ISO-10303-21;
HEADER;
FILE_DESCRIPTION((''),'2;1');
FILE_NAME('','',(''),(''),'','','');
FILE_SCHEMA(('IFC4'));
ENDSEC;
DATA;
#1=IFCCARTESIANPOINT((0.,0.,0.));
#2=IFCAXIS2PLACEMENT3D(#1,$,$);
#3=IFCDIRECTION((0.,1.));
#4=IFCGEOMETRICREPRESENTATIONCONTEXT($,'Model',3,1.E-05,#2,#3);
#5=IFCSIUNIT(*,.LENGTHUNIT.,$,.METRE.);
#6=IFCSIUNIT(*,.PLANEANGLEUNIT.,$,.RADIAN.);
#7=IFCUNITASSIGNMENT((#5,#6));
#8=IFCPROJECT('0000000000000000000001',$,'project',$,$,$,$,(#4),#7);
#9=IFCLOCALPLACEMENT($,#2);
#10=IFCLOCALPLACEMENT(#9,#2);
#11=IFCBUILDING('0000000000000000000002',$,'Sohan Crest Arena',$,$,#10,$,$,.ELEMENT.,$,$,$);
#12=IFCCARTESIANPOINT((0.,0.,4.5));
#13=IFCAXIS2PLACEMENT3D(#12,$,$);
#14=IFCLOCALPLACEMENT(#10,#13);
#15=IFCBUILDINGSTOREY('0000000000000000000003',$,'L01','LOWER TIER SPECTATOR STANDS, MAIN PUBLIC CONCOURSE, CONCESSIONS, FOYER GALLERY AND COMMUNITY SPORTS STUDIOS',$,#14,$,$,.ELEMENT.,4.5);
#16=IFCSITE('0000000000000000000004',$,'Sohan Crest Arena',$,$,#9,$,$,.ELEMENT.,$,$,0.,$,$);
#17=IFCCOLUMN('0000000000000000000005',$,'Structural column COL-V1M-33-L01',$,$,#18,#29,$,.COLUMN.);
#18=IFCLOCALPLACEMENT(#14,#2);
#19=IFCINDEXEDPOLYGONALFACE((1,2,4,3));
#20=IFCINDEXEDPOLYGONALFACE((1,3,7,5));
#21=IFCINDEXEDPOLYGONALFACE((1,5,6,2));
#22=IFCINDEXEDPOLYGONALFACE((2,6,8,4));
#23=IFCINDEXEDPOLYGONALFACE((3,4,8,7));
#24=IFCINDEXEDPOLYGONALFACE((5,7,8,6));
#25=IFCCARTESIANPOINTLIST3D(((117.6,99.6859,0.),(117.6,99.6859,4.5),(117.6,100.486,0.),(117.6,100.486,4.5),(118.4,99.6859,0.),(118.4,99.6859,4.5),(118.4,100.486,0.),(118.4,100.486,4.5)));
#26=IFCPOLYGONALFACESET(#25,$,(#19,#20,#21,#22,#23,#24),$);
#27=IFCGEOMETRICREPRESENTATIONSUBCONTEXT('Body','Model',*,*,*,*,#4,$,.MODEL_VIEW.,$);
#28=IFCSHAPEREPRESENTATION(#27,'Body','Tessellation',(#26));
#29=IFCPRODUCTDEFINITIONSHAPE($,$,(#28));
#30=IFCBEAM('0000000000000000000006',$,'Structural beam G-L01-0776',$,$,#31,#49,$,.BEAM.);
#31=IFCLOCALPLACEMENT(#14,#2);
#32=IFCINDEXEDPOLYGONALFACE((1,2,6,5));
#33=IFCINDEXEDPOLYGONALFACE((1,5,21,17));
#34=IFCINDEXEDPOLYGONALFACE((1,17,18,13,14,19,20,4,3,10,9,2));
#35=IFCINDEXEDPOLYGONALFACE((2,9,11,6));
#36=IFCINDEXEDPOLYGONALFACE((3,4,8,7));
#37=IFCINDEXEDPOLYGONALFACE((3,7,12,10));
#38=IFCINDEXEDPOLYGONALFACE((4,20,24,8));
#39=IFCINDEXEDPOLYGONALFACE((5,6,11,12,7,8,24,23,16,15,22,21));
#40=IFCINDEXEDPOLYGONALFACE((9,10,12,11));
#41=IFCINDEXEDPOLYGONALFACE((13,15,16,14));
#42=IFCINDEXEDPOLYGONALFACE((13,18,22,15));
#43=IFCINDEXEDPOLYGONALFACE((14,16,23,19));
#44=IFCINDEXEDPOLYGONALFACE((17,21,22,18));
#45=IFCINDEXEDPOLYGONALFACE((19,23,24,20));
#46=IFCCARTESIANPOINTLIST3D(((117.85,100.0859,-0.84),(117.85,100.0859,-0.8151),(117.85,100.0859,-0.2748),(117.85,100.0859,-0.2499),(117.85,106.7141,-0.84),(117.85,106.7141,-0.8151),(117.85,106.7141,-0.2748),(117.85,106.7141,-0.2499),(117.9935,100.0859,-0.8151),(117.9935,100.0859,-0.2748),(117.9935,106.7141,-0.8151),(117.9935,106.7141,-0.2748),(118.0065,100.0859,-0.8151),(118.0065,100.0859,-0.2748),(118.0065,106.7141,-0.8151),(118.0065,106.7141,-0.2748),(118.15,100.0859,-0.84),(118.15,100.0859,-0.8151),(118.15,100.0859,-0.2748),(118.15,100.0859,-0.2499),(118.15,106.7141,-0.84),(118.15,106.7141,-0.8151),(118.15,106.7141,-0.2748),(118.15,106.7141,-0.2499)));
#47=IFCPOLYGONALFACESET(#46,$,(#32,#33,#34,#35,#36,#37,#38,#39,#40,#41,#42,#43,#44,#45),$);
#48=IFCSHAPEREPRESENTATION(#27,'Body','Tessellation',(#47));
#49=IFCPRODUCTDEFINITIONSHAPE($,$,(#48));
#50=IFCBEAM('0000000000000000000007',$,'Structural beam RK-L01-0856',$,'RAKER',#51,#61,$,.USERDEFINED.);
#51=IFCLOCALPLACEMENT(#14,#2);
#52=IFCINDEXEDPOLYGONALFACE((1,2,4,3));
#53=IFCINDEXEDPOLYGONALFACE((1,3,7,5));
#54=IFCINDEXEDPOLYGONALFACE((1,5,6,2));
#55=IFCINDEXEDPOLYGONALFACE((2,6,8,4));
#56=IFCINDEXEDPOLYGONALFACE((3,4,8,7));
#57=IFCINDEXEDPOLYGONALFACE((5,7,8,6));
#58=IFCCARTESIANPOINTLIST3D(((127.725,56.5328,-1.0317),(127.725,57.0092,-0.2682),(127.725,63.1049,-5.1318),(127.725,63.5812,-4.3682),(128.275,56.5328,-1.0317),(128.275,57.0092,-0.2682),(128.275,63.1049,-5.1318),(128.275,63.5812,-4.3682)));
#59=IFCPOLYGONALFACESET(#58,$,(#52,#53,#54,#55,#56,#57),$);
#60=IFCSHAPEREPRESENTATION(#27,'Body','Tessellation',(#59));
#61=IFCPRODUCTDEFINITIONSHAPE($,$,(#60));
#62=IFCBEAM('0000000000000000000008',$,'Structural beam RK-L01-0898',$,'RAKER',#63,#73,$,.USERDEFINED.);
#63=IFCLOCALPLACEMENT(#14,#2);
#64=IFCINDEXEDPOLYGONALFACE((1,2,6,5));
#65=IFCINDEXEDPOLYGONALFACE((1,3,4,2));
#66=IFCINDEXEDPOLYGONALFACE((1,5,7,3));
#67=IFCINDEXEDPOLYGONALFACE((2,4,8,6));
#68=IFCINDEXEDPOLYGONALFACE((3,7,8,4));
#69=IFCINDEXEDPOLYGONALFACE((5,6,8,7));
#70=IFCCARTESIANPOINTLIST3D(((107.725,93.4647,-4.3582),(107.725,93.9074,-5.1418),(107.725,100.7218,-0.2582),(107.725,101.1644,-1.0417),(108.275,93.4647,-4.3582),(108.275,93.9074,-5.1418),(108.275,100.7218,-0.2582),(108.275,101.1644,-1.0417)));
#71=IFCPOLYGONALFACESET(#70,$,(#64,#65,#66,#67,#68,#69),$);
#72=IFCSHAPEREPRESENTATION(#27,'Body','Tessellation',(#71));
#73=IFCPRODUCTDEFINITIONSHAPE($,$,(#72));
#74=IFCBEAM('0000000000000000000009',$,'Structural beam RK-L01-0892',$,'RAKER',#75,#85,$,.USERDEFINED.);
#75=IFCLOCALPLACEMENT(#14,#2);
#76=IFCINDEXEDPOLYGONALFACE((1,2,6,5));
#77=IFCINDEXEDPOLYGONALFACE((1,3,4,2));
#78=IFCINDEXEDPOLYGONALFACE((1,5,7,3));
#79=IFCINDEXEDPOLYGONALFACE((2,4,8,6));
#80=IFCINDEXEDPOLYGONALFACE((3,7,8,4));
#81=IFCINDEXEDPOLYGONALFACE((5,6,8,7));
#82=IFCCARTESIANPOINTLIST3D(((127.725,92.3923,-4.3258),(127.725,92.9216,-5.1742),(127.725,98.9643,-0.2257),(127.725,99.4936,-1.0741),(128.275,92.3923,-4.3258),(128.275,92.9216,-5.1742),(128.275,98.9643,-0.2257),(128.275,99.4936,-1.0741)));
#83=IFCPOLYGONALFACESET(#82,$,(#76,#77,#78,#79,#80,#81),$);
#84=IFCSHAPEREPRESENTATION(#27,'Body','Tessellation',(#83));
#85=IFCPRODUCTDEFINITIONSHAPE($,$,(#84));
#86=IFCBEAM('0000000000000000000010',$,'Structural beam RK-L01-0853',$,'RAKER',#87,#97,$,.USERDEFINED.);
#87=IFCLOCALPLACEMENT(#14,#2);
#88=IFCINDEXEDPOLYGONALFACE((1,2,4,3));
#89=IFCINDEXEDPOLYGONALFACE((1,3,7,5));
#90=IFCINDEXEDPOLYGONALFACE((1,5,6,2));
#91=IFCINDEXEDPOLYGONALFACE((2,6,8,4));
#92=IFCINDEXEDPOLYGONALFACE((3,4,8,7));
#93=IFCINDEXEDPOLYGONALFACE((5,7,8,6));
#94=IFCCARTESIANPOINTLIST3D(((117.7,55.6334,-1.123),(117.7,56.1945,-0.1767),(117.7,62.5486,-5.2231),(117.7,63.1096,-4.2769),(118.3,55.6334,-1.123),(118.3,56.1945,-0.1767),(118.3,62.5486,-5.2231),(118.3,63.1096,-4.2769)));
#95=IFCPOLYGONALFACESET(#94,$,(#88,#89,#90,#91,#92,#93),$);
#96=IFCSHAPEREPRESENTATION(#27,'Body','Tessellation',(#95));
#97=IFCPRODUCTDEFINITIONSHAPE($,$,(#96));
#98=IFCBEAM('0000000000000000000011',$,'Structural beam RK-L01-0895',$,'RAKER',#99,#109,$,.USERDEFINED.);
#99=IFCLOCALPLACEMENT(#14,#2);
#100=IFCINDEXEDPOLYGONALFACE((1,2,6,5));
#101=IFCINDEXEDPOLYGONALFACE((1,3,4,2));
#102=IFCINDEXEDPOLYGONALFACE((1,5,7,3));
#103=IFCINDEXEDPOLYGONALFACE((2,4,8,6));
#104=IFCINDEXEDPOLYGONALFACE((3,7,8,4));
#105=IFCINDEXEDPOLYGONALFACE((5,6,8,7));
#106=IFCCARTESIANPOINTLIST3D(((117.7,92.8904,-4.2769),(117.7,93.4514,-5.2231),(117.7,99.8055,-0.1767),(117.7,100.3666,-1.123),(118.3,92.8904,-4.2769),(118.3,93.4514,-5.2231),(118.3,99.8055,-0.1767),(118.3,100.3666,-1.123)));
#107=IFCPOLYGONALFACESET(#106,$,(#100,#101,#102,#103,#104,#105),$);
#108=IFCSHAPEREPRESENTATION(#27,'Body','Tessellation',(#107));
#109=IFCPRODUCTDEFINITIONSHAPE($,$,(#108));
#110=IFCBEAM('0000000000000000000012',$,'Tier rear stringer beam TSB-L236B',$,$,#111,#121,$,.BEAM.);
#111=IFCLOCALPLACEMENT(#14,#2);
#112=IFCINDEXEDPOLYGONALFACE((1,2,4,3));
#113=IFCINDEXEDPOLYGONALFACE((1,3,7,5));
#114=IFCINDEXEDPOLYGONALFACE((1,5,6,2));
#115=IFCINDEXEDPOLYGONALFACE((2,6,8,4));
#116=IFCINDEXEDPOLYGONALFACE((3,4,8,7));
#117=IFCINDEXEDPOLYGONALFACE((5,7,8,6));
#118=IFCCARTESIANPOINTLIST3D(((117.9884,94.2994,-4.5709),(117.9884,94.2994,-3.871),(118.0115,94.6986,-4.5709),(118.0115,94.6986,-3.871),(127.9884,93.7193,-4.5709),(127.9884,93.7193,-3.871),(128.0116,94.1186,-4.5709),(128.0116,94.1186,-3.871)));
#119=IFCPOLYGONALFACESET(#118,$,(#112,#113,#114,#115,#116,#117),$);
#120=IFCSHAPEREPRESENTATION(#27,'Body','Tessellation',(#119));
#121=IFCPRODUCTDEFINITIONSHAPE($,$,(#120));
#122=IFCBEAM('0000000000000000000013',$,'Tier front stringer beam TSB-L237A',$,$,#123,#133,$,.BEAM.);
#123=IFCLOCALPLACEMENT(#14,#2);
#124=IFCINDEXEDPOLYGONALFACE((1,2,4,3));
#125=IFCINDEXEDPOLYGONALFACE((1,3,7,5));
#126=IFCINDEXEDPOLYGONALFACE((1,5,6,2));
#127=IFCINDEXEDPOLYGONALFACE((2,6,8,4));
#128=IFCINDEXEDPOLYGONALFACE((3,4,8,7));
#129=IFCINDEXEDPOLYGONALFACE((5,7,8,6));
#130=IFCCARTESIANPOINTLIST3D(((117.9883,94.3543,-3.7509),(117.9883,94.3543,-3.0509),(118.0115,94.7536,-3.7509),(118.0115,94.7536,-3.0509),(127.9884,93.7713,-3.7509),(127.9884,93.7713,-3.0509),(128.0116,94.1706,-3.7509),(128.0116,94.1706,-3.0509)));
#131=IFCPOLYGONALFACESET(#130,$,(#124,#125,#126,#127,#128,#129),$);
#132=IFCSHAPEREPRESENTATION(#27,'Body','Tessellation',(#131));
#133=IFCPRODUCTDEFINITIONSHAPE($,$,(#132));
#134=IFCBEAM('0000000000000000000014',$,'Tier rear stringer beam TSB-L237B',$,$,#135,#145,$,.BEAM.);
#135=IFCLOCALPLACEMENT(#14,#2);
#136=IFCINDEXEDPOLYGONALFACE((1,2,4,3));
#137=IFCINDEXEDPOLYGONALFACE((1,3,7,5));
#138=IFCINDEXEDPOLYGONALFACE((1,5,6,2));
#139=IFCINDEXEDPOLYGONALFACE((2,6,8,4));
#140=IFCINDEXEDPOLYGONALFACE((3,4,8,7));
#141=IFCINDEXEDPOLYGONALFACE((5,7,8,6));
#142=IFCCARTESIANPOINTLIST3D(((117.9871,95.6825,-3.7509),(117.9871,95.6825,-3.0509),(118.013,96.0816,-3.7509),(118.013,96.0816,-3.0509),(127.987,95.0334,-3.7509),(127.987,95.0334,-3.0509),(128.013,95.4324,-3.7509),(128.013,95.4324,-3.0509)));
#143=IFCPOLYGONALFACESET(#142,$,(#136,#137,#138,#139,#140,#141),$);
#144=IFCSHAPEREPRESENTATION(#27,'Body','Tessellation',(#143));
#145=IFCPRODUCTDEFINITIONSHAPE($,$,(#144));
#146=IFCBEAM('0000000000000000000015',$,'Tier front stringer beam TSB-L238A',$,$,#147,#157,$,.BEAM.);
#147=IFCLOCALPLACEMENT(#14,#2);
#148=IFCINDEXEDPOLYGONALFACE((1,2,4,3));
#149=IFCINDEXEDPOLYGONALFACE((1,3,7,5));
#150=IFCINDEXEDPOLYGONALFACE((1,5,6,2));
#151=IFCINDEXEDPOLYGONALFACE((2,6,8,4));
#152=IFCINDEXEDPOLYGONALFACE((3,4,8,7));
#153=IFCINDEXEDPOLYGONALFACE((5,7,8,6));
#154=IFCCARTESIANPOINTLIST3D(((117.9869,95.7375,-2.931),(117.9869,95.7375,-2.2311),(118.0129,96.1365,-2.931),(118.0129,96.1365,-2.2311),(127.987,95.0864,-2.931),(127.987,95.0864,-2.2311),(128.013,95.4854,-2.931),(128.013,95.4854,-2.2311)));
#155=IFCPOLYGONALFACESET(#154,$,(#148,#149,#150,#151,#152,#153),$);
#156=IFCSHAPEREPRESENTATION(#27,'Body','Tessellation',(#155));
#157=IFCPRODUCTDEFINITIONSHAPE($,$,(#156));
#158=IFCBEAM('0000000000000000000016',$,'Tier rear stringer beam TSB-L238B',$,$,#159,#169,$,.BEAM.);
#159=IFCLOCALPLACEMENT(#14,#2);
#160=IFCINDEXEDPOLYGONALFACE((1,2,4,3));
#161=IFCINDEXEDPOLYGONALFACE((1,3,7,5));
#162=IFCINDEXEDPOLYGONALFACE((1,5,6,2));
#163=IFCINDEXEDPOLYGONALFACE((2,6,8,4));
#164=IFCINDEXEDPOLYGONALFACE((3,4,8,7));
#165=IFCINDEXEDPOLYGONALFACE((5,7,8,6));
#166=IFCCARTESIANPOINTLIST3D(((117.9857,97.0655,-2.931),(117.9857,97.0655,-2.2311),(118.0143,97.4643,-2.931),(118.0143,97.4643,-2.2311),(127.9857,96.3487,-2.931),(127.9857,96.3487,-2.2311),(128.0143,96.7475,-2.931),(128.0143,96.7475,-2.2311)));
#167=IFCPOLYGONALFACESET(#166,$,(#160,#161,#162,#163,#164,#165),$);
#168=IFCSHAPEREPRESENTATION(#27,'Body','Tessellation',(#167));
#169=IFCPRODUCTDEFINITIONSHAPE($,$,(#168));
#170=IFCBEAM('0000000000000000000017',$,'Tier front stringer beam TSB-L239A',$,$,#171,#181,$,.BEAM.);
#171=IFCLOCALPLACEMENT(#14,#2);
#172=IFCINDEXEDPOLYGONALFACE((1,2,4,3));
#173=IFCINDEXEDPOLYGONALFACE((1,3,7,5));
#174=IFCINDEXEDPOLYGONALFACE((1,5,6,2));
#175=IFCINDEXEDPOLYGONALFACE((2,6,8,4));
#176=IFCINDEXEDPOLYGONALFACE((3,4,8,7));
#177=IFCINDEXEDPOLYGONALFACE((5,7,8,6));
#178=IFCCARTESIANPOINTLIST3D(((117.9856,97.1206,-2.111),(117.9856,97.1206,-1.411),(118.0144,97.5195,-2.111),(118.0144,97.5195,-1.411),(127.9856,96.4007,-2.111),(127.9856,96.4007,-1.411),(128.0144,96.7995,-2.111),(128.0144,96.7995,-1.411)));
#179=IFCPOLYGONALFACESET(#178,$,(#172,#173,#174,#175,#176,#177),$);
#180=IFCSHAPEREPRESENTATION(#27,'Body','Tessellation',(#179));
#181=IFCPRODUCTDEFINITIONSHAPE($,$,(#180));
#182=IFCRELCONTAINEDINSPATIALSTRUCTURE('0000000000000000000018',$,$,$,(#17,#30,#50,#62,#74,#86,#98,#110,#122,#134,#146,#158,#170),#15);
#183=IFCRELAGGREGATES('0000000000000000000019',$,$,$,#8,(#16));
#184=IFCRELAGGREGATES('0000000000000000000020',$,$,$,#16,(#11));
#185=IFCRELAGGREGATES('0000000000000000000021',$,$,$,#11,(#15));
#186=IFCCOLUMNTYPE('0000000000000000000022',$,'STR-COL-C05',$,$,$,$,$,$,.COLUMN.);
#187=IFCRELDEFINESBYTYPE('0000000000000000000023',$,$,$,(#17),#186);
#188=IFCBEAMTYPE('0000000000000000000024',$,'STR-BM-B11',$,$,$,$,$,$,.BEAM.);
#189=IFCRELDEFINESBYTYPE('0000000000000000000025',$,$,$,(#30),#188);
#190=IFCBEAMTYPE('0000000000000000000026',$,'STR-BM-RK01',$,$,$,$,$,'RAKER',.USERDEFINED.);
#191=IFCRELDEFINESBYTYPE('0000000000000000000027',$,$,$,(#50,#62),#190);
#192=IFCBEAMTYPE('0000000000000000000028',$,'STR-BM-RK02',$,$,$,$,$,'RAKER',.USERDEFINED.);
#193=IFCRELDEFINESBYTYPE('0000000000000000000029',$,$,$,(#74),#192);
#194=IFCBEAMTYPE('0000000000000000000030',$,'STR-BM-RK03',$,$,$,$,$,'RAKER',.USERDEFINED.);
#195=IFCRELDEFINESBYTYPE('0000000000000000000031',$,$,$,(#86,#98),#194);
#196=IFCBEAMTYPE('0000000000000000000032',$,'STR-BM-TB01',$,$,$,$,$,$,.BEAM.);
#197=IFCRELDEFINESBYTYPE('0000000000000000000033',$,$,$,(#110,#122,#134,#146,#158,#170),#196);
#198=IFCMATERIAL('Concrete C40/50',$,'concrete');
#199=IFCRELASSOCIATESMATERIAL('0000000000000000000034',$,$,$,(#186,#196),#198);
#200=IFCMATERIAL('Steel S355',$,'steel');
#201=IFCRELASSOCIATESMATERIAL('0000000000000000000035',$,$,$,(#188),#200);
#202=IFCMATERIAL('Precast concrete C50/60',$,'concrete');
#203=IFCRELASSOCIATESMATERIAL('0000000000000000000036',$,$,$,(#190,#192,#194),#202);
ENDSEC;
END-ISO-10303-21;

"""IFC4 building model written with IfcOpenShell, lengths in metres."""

from ifc_helpers import new_model, si_unit, direction, frame, origin, origin_2d, place, context, subcontext, project, spatial, rectangle, i_section, extrude, material, material_profile, profile_set, type_object, element, save


model = new_model("IFC4")

# Units and contexts
model_context = context("Model", 3, precision=1e-05, world=origin(), true_north=direction((0.0, 1.0)))
body_context = subcontext(model_context, "Body", "Model", "MODEL_VIEW")
ifc_project = project(units=[si_unit("LENGTHUNIT", "METRE"), si_unit("PLANEANGLEUNIT", "RADIAN")], contexts=[model_context])

# Site, building, storey
site_placement = place(None, origin())
site = spatial("IfcSite", under=ifc_project, at=site_placement, Name="Sohan Crest Arena", CompositionType="ELEMENT", RefElevation=0.0)
building_placement = place(site_placement, origin())
building = spatial("IfcBuilding", under=site, at=building_placement, Name="Sohan Crest Arena", CompositionType="ELEMENT")
storey_placement = place(building_placement, frame((0.0, 0.0, 4.5)))
storey = spatial("IfcBuildingStorey", under=building, at=storey_placement, Name="L01", Description="LOWER TIER SPECTATOR STANDS, MAIN PUBLIC CONCOURSE, CONCESSIONS, FOYER GALLERY AND COMMUNITY SPORTS STUDIOS", CompositionType="ELEMENT", Elevation=4.5)

# Column
ifc_material_1 = material(Name="Concrete C40/50", Category="concrete")
ifc_material_profile_1 = material_profile(ifc_material_1, rectangle(XDim=0.8, YDim=0.8, at=origin_2d()), Name="RC 800x800")
ifc_profile_set_1 = profile_set([ifc_material_profile_1], Name="Concrete C40/50")
column_type = type_object("IfcColumnType", Name="STR-COL-C05", PredefinedType="COLUMN", material=ifc_profile_set_1)
column_placement = place(storey_placement, frame((118.0, 100.0859, 0.0), z_axis=(0.0, 0.0, 1.0), x_axis=(1.0, 0.0, 0.0)))
element("IfcColumn", 1, at=column_placement, inside=storey, type_object=column_type, Name="Structural column COL-V1M-33-L01", PredefinedType="COLUMN", context=body_context, shape_type="SweptSolid", body=[
    extrude(rectangle(XDim=0.8, YDim=0.8, at=origin_2d()), origin(), (0.0, 0.0, 1.0), 4.5),
])

# Beams
ifc_material_2 = material(Name="Steel S355", Category="steel")
ifc_material_profile_2 = material_profile(ifc_material_2, i_section(OverallWidth=0.3, OverallDepth=0.5901, WebThickness=0.0129, FlangeThickness=0.0249, at=origin_2d()), Name="HEA 600")
ifc_profile_set_2 = profile_set([ifc_material_profile_2], Name="Steel S355")
beam_type_1 = type_object("IfcBeamType", Name="STR-BM-B11", PredefinedType="BEAM", material=ifc_profile_set_2)
beam_1_placement = place(storey_placement, frame((118.0, 100.0859, -0.5449), z_axis=(0.0, 1.0, 0.0), x_axis=(-1.0, 0.0, 0.0)))
element("IfcBeam", 2, at=beam_1_placement, inside=storey, type_object=beam_type_1, Name="Structural beam G-L01-0776", PredefinedType="BEAM", context=body_context, shape_type="SweptSolid", body=[
    extrude(i_section(OverallWidth=0.3, OverallDepth=0.5901, WebThickness=0.0129, FlangeThickness=0.0249, at=origin_2d()), origin(), (0.0, 0.0, 1.0), 6.6282),
])
ifc_material_3 = material(Name="Precast concrete C50/60", Category="concrete")
ifc_material_profile_3 = material_profile(ifc_material_3, rectangle(XDim=0.55, YDim=0.8999, at=origin_2d()), Name="RAKER 550x900")
ifc_profile_set_3 = profile_set([ifc_material_profile_3], Name="Precast concrete C50/60")
beam_type_2 = type_object("IfcBeamType", Name="STR-BM-RK01", ElementType="RAKER", PredefinedType="USERDEFINED", material=ifc_profile_set_3)
beam_2_placement = place(storey_placement, frame((128.0, 63.343, -4.75), z_axis=(0.0, -0.848428, 0.52931), x_axis=(1.0, 0.0, 0.0)))
element("IfcBeam", 3, at=beam_2_placement, inside=storey, type_object=beam_type_2, Name="Structural beam RK-L01-0856", ObjectType="RAKER", PredefinedType="USERDEFINED", context=body_context, shape_type="SweptSolid", body=[
    extrude(rectangle(XDim=0.55, YDim=0.8999, at=origin_2d()), origin(), (0.0, 0.0, 1.0), 7.7461),
])
beam_3_placement = place(storey_placement, frame((108.0, 93.686, -4.75), z_axis=(0.0, 0.870652, 0.4919), x_axis=(-1.0, 0.0, 0.0)))
element("IfcBeam", 4, at=beam_3_placement, inside=storey, type_object=beam_type_2, Name="Structural beam RK-L01-0898", ObjectType="RAKER", PredefinedType="USERDEFINED", context=body_context, shape_type="SweptSolid", body=[
    extrude(rectangle(XDim=0.55, YDim=0.8999, at=origin_2d()), origin(), (0.0, 0.0, 1.0), 8.3352),
])
ifc_material_profile_4 = material_profile(ifc_material_3, rectangle(XDim=0.55, YDim=1.0, at=origin_2d()), Name="RAKER 550x1000")
ifc_profile_set_4 = profile_set([ifc_material_profile_4], Name="Precast concrete C50/60")
beam_type_3 = type_object("IfcBeamType", Name="STR-BM-RK02", ElementType="RAKER", PredefinedType="USERDEFINED", material=ifc_profile_set_4)
beam_4_placement = place(storey_placement, frame((128.0, 92.657, -4.75), z_axis=(0.0, 0.848428, 0.52931), x_axis=(-1.0, 0.0, 0.0)))
element("IfcBeam", 5, at=beam_4_placement, inside=storey, type_object=beam_type_3, Name="Structural beam RK-L01-0892", ObjectType="RAKER", PredefinedType="USERDEFINED", context=body_context, shape_type="SweptSolid", body=[
    extrude(rectangle(XDim=0.55, YDim=1.0, at=origin_2d()), origin(), (0.0, 0.0, 1.0), 7.7461),
])
ifc_material_profile_5 = material_profile(ifc_material_3, rectangle(XDim=0.6001, YDim=1.1001, at=origin_2d()), Name="RAKER 600x1100")
ifc_profile_set_5 = profile_set([ifc_material_profile_5], Name="Precast concrete C50/60")
beam_type_4 = type_object("IfcBeamType", Name="STR-BM-RK03", ElementType="RAKER", PredefinedType="USERDEFINED", material=ifc_profile_set_5)
for number, where, z_axis, x_axis, name in (
    (6, (118.0, 62.8291, -4.75), (0.0, -0.860166, 0.510014), (1.0, 0.0, 0.0), "Structural beam RK-L01-0853"),
    (7, (118.0, 93.1709, -4.75), (0.0, 0.860166, 0.510014), (-1.0, 0.0, 0.0), "Structural beam RK-L01-0895"),
):
    element("IfcBeam", number, at=place(storey_placement, frame(where, z_axis=z_axis, x_axis=x_axis)), inside=storey, type_object=beam_type_4, Name=name, ObjectType="RAKER", PredefinedType="USERDEFINED", context=body_context, shape_type="SweptSolid", body=[
        extrude(rectangle(XDim=0.6001, YDim=1.1001, at=origin_2d()), origin(), (0.0, 0.0, 1.0), 8.0393),
    ])
ifc_material_profile_6 = material_profile(ifc_material_1, rectangle(XDim=0.3999, YDim=0.7, at=origin_2d()), Name="RC-BM 400x700")
ifc_profile_set_6 = profile_set([ifc_material_profile_6], Name="Concrete C40/50")
beam_type_5 = type_object("IfcBeamType", Name="STR-BM-TB01", PredefinedType="BEAM", material=ifc_profile_set_6)
beam_5_placement = place(storey_placement, frame((128.0, 93.9189, -4.2209), z_axis=(-0.998322, 0.05791, 0.0), x_axis=(-0.05791, -0.998322, 0.0)))
element("IfcBeam", 8, at=beam_5_placement, inside=storey, type_object=beam_type_5, Name="Tier rear stringer beam TSB-L236B", PredefinedType="BEAM", context=body_context, shape_type="SweptSolid", body=[
    extrude(rectangle(XDim=0.3999, YDim=0.7, at=origin_2d()), origin(), (0.0, 0.0, 1.0), 10.0168),
])
beam_6_placement = place(storey_placement, frame((128.0, 93.9709, -3.4009), z_axis=(-0.998305, 0.058202, 0.0), x_axis=(-0.058202, -0.998305, 0.0)))
element("IfcBeam", 9, at=beam_6_placement, inside=storey, type_object=beam_type_5, Name="Tier front stringer beam TSB-L237A", PredefinedType="BEAM", context=body_context, shape_type="SweptSolid", body=[
    extrude(rectangle(XDim=0.3999, YDim=0.7, at=origin_2d()), origin(), (0.0, 0.0, 1.0), 10.0171),
])
beam_7_placement = place(storey_placement, frame((128.0, 95.2329, -3.4009), z_axis=(-0.9979, 0.064781, 0.0), x_axis=(-0.064781, -0.9979, 0.0)))
element("IfcBeam", 10, at=beam_7_placement, inside=storey, type_object=beam_type_5, Name="Tier rear stringer beam TSB-L237B", PredefinedType="BEAM", context=body_context, shape_type="SweptSolid", body=[
    extrude(rectangle(XDim=0.3999, YDim=0.7, at=origin_2d()), origin(), (0.0, 0.0, 1.0), 10.021),
])
beam_8_placement = place(storey_placement, frame((128.0, 95.2859, -2.5811), z_axis=(-0.997887, 0.064975, 0.0), x_axis=(-0.064975, -0.997887, 0.0)))
element("IfcBeam", 11, at=beam_8_placement, inside=storey, type_object=beam_type_5, Name="Tier front stringer beam TSB-L238A", PredefinedType="BEAM", context=body_context, shape_type="SweptSolid", body=[
    extrude(rectangle(XDim=0.3999, YDim=0.7, at=origin_2d()), origin(), (0.0, 0.0, 1.0), 10.0212),
])
beam_9_placement = place(storey_placement, frame((128.0, 96.5481, -2.5811), z_axis=(-0.997441, 0.071496, 0.0), x_axis=(-0.071496, -0.997441, 0.0)))
element("IfcBeam", 12, at=beam_9_placement, inside=storey, type_object=beam_type_5, Name="Tier rear stringer beam TSB-L238B", PredefinedType="BEAM", context=body_context, shape_type="SweptSolid", body=[
    extrude(rectangle(XDim=0.3999, YDim=0.7, at=origin_2d()), origin(), (0.0, 0.0, 1.0), 10.0256),
])
beam_10_placement = place(storey_placement, frame((128.0, 96.6001, -1.761), z_axis=(-0.997418, 0.071811, 0.0), x_axis=(-0.071811, -0.997418, 0.0)))
element("IfcBeam", 13, at=beam_10_placement, inside=storey, type_object=beam_type_5, Name="Tier front stringer beam TSB-L239A", PredefinedType="BEAM", context=body_context, shape_type="SweptSolid", body=[
    extrude(rectangle(XDim=0.3999, YDim=0.7, at=origin_2d()), origin(), (0.0, 0.0, 1.0), 10.0259),
])

save(model, "model.ifc")
